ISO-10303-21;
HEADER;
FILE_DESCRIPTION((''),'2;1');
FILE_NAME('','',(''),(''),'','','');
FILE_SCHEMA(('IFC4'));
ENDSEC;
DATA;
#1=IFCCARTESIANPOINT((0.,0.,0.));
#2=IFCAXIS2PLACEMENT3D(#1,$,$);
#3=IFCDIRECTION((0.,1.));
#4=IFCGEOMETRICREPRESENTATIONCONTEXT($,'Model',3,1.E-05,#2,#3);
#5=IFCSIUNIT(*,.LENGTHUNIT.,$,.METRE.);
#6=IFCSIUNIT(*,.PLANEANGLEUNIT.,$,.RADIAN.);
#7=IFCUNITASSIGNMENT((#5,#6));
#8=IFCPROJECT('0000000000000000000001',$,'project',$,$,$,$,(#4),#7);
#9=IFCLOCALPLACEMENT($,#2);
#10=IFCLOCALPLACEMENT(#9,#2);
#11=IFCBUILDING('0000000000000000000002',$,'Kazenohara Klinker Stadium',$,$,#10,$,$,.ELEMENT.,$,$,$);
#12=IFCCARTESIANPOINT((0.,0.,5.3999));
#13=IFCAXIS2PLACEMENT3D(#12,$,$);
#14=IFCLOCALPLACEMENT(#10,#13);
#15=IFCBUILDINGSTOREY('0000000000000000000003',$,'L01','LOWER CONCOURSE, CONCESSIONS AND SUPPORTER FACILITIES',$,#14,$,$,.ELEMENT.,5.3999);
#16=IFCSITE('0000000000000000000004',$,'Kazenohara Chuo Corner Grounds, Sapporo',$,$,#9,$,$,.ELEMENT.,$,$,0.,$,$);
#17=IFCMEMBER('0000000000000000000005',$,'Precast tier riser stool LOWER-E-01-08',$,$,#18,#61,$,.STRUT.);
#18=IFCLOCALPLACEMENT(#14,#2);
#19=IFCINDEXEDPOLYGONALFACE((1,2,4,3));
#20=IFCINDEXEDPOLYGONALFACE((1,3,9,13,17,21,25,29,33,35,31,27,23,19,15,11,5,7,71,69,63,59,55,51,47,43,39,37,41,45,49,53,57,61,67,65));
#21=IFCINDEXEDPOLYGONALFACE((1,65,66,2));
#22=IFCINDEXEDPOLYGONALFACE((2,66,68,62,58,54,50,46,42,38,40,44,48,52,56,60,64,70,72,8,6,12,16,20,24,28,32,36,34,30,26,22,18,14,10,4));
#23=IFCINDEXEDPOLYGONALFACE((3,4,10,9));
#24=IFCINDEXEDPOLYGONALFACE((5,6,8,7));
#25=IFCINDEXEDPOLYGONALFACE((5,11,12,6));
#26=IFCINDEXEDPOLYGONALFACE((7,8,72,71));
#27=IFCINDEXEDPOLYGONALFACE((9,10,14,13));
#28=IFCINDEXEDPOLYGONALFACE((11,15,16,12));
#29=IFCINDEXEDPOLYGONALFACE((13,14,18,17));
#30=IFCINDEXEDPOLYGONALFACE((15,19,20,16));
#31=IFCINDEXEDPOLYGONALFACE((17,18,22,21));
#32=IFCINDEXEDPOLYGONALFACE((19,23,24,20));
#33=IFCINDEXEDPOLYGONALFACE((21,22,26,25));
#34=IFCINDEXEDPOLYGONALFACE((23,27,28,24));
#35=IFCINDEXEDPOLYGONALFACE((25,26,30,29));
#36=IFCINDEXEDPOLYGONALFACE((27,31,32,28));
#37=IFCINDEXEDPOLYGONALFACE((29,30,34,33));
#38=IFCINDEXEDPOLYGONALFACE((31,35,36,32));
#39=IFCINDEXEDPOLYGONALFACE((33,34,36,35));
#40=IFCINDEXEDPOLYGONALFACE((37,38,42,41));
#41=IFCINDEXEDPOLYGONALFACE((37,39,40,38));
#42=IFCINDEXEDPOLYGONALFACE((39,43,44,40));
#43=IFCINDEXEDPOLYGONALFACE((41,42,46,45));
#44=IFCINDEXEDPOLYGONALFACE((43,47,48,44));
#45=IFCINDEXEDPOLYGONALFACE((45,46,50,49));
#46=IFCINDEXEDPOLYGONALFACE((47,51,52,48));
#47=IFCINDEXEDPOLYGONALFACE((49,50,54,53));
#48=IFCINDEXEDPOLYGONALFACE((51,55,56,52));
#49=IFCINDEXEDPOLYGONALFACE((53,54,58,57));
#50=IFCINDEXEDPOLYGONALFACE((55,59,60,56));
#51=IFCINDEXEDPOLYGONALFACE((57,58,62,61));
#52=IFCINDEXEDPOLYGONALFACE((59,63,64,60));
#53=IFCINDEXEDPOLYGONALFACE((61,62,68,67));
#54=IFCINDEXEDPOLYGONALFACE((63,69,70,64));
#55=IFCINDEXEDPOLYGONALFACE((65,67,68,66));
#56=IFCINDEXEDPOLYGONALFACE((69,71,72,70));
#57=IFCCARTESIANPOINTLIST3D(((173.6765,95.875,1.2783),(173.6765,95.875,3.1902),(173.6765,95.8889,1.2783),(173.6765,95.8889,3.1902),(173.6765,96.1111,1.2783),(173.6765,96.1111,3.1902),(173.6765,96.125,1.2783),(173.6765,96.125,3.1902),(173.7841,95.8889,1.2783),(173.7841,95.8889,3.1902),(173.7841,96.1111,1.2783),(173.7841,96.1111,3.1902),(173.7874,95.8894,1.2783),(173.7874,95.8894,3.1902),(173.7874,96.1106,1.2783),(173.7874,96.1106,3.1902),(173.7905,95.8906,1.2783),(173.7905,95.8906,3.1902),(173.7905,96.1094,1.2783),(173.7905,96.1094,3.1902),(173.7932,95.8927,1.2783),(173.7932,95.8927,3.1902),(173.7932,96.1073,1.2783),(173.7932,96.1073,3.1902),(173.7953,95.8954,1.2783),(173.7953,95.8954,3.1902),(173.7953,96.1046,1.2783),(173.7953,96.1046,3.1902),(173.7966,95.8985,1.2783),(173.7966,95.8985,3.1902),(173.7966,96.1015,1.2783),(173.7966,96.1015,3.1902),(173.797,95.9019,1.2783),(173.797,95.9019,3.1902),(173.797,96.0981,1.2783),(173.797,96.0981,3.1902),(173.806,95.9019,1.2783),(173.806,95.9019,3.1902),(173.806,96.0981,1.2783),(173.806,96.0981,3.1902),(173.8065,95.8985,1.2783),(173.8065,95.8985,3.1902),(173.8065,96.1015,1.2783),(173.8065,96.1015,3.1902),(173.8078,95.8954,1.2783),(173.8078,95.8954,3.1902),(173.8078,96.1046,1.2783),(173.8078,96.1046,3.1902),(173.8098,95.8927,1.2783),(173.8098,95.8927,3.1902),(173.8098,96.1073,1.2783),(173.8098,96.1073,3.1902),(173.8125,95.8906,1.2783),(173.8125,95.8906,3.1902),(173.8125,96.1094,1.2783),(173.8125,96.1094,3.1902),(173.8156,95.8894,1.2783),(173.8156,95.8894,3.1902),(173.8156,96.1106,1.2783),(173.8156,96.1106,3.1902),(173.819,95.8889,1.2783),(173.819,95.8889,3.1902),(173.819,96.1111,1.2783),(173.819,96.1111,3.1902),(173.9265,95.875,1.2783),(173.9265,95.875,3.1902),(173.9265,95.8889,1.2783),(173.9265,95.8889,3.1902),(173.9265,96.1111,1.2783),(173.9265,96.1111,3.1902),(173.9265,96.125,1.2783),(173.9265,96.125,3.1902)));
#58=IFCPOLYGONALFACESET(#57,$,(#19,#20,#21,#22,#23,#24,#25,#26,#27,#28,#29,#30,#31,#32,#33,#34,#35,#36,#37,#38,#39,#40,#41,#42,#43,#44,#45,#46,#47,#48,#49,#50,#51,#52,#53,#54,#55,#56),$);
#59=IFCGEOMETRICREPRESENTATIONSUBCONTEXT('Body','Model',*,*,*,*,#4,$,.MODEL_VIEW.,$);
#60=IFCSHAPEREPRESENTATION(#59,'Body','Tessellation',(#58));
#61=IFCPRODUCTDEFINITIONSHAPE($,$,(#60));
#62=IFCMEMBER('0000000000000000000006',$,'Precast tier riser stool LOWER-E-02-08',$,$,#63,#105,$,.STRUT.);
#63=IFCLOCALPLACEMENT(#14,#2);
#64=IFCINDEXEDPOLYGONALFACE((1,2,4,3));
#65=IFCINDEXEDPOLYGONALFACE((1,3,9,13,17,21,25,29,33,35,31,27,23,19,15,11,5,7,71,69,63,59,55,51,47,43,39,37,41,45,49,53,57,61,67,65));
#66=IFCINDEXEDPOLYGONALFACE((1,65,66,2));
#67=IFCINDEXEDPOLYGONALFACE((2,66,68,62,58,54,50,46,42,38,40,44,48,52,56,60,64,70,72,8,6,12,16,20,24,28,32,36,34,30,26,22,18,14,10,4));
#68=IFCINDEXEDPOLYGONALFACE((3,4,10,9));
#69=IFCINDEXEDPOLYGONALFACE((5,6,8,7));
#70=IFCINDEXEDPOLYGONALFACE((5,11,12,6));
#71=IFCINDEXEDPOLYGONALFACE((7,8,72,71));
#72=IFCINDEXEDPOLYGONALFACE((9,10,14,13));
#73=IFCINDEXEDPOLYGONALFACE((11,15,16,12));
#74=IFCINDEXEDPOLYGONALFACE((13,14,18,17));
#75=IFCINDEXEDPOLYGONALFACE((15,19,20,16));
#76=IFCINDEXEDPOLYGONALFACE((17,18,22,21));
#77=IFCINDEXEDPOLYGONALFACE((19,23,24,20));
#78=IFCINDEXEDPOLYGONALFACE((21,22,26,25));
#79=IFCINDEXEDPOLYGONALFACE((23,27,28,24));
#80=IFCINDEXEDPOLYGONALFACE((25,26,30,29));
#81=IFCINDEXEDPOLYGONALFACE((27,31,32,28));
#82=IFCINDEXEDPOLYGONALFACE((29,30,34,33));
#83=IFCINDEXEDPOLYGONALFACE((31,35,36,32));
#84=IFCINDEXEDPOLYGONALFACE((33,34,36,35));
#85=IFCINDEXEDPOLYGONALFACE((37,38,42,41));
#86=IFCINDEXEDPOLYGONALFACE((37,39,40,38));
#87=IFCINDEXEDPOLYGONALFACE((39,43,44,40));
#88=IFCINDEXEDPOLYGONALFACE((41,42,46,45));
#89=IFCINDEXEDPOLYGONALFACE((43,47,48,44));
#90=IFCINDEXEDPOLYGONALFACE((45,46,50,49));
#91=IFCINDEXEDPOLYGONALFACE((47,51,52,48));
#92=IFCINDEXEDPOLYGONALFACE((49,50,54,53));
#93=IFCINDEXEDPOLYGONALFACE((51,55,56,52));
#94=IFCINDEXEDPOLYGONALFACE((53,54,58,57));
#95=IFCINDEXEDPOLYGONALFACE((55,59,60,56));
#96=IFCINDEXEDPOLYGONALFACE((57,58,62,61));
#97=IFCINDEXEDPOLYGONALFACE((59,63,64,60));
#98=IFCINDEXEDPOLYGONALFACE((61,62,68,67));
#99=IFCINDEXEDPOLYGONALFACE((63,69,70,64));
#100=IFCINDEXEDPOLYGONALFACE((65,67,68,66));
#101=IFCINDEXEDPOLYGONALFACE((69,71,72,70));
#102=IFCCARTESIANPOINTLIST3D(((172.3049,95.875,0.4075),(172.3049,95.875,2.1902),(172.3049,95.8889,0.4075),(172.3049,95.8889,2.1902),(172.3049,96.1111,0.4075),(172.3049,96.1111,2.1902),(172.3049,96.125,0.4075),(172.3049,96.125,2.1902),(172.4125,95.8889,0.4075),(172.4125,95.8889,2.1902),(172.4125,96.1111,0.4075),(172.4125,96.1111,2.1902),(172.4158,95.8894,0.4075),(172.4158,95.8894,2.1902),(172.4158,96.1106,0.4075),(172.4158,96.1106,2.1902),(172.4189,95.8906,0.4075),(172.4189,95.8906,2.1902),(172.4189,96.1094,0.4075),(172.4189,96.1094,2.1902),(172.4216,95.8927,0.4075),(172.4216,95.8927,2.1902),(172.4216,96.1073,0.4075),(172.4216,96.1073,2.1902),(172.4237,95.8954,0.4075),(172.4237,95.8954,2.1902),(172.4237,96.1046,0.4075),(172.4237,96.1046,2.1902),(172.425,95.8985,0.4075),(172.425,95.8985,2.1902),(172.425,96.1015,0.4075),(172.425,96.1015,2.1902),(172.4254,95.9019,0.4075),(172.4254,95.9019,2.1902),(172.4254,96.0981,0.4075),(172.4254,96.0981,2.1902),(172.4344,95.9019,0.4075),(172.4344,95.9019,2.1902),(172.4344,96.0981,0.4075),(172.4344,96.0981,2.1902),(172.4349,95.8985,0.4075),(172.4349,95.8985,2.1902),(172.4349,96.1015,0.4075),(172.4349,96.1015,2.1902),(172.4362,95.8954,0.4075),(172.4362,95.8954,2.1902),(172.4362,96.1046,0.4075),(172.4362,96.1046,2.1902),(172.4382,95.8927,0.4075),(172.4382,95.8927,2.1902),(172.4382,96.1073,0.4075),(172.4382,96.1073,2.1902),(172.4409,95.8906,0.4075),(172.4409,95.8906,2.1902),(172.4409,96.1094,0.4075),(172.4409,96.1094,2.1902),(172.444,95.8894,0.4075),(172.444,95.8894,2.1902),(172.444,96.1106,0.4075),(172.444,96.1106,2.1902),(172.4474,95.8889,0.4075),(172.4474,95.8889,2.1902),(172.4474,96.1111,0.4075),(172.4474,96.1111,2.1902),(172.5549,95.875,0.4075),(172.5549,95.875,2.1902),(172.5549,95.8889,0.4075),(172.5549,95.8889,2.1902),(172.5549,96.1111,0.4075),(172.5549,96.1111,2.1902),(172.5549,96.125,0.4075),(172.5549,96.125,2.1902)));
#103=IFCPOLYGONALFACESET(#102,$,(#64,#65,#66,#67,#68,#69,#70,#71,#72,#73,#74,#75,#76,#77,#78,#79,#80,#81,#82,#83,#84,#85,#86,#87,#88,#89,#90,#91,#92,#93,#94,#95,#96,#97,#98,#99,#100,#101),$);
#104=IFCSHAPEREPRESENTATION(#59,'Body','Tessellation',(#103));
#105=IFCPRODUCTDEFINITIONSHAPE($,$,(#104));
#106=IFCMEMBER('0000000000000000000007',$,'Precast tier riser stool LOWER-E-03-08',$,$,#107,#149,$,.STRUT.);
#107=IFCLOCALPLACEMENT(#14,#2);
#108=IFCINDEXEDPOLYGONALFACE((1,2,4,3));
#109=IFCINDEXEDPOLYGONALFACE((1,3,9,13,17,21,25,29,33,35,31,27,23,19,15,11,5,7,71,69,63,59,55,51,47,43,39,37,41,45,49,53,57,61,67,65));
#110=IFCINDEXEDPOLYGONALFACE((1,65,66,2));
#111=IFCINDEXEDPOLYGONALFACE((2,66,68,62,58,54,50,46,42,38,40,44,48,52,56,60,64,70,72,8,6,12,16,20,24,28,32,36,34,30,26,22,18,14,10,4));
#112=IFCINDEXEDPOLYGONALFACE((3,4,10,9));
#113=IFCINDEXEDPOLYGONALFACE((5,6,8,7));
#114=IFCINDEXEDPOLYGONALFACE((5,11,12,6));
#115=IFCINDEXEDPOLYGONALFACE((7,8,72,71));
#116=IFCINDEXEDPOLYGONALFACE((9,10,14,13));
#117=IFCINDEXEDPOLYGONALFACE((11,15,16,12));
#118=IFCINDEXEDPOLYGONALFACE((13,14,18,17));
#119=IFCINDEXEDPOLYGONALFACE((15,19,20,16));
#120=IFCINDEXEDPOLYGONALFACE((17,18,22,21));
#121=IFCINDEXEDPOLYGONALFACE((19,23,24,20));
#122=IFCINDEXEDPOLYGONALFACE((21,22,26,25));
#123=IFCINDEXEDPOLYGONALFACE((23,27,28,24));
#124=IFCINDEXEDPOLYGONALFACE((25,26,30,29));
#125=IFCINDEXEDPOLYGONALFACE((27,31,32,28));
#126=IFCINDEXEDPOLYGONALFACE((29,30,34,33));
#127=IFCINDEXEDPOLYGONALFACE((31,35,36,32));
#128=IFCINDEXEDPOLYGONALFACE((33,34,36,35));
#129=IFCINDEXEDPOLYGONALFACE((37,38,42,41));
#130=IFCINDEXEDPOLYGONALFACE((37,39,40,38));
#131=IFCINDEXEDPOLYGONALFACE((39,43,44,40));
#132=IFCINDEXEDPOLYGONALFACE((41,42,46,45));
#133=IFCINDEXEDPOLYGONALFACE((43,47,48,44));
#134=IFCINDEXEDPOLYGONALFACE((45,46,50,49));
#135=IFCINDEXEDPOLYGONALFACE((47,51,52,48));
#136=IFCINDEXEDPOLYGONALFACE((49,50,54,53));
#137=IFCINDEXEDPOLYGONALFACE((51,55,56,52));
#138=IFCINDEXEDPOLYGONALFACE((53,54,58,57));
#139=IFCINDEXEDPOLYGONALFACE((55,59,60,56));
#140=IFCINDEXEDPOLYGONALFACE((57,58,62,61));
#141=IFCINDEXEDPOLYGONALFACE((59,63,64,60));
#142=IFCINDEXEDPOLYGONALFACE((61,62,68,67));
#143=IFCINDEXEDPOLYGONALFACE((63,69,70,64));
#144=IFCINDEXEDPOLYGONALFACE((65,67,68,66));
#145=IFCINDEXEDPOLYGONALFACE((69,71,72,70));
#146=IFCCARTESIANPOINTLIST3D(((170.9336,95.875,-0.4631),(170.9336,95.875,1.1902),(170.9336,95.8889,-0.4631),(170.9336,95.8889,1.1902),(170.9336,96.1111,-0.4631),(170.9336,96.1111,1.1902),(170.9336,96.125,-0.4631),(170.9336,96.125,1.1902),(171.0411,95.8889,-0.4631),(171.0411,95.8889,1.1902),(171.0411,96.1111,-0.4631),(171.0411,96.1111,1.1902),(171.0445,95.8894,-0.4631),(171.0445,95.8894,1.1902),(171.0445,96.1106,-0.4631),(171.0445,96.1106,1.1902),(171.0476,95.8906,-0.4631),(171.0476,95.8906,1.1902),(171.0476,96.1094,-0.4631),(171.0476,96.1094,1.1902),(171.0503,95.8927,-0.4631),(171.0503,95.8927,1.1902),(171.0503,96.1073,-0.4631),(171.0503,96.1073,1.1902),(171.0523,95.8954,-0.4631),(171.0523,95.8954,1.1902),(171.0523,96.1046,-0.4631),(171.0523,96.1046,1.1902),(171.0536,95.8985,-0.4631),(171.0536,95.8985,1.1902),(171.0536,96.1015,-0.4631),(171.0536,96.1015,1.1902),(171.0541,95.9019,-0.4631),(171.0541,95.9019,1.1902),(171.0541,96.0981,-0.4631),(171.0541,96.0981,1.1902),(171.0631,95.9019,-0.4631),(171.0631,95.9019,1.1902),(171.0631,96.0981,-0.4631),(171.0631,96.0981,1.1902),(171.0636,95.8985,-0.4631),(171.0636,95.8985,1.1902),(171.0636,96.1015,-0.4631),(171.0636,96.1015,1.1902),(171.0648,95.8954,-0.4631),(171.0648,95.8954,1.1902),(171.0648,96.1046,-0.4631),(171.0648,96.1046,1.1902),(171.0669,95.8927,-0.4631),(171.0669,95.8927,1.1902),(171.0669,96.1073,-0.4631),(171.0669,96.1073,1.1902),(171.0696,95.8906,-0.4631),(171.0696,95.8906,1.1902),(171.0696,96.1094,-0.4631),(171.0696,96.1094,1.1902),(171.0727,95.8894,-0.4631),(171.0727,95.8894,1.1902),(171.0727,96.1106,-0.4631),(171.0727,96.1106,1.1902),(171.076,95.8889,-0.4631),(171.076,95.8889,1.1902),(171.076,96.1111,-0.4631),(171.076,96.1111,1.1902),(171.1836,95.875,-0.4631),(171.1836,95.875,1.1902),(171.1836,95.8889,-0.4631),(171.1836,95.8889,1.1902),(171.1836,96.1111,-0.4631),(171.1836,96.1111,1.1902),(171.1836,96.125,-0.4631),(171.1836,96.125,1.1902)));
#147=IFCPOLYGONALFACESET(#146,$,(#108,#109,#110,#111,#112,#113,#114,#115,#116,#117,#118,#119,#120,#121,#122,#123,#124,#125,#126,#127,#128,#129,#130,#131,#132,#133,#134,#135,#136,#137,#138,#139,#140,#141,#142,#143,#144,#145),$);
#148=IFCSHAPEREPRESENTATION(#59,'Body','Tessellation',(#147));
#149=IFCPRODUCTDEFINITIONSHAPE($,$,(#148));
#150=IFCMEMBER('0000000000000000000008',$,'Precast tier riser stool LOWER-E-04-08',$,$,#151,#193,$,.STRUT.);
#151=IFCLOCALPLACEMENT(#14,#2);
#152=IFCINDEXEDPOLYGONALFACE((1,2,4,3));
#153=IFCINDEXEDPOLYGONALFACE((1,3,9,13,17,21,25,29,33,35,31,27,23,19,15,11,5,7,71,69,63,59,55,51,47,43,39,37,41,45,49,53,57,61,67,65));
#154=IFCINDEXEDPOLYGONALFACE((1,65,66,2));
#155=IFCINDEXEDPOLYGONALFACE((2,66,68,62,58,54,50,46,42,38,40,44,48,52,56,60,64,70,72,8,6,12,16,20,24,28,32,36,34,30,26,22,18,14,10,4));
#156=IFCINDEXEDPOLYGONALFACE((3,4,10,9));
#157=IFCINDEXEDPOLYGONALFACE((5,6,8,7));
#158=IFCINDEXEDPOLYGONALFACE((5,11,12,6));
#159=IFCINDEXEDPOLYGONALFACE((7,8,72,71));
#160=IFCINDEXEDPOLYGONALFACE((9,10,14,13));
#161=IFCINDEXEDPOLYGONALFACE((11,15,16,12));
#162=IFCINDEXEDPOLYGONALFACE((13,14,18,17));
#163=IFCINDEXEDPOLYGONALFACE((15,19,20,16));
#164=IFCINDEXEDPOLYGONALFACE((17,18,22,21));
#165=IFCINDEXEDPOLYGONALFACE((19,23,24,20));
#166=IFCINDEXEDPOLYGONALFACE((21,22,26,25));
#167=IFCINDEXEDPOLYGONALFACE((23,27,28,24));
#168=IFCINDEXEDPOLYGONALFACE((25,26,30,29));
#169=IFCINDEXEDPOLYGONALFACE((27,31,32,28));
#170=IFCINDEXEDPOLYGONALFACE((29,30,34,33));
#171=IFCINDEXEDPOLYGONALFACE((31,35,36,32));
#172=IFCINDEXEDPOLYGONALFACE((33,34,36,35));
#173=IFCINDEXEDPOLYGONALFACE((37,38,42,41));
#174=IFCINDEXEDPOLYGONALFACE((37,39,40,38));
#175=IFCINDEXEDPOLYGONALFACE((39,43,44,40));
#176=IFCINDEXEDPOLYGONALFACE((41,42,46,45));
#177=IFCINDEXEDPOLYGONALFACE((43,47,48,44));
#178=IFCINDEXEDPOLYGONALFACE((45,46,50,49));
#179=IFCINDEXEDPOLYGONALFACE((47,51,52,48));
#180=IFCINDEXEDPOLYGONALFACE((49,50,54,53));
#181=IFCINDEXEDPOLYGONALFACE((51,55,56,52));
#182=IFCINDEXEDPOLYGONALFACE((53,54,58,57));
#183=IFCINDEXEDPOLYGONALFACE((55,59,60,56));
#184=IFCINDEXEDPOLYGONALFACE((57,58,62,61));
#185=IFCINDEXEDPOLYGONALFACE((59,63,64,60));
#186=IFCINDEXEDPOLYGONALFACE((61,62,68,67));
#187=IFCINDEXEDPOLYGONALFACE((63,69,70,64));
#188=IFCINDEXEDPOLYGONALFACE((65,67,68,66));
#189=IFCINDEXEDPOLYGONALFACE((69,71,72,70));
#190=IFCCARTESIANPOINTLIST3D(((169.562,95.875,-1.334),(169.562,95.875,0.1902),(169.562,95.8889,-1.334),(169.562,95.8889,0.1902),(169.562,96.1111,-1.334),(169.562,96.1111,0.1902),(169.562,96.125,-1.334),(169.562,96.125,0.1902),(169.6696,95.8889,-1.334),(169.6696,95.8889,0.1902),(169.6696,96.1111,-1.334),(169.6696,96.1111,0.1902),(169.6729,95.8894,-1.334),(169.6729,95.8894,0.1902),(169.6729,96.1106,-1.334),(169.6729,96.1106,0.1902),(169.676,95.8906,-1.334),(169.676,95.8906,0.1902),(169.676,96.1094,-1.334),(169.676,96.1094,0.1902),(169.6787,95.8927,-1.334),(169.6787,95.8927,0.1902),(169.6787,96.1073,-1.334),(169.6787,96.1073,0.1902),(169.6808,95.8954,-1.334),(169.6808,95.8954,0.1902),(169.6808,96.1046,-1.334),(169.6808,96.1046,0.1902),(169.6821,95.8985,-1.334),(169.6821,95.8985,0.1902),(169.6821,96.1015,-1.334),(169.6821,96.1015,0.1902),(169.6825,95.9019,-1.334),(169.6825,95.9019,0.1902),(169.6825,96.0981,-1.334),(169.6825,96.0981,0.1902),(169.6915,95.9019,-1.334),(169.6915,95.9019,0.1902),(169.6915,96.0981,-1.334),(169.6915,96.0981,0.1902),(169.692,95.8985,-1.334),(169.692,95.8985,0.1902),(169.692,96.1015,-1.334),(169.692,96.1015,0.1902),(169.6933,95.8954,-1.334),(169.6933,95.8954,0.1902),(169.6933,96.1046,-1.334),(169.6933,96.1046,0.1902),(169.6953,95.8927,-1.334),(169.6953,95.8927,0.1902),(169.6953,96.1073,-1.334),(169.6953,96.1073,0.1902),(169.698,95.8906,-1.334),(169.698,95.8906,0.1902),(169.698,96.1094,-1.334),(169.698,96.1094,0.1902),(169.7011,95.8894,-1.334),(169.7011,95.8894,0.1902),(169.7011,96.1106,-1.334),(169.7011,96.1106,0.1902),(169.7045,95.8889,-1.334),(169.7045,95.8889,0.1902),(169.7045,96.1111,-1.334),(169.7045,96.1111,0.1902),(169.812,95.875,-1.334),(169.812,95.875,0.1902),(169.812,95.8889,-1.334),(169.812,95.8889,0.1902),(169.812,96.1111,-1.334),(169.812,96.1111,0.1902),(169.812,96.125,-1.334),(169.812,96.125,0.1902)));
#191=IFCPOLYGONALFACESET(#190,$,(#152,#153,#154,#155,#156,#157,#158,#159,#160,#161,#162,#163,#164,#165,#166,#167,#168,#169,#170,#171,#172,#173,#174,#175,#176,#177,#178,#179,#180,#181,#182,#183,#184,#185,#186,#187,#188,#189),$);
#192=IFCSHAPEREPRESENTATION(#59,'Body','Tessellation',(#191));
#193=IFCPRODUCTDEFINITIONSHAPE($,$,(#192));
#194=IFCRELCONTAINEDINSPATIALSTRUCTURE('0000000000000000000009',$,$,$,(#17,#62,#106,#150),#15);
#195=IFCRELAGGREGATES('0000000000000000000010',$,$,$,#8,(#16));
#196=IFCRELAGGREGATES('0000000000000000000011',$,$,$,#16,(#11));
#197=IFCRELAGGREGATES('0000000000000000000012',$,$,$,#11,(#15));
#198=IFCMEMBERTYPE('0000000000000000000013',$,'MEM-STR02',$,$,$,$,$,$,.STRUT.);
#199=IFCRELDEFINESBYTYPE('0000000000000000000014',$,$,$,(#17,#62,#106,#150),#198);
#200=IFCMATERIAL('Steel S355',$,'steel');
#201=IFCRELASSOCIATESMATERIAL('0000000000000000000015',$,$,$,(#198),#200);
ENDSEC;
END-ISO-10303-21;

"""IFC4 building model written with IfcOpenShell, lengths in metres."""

from ifc_helpers import new_model, si_unit, direction, frame, origin, origin_2d, place, context, subcontext, project, spatial, i_section, extrude, material, material_profile, profile_set, type_object, element, save


model = new_model("IFC4")

# Units and contexts
model_context = context("Model", 3, precision=1e-05, world=origin(), true_north=direction((0.0, 1.0)))
body_context = subcontext(model_context, "Body", "Model", "MODEL_VIEW")
ifc_project = project(units=[si_unit("LENGTHUNIT", "METRE"), si_unit("PLANEANGLEUNIT", "RADIAN")], contexts=[model_context])

# Site, building, storey
site_placement = place(None, origin())
site = spatial("IfcSite", under=ifc_project, at=site_placement, Name="Kazenohara Chuo Corner Grounds, Sapporo", CompositionType="ELEMENT", RefElevation=0.0)
building_placement = place(site_placement, origin())
building = spatial("IfcBuilding", under=site, at=building_placement, Name="Kazenohara Klinker Stadium", CompositionType="ELEMENT")
storey_placement = place(building_placement, frame((0.0, 0.0, 5.3999)))
storey = spatial("IfcBuildingStorey", under=building, at=storey_placement, Name="L01", Description="LOWER CONCOURSE, CONCESSIONS AND SUPPORTER FACILITIES", CompositionType="ELEMENT", Elevation=5.3999)

# Shared definitions
ifc_material_1 = material(Name="Steel S355", Category="steel")

# Members
ifc_material_profile_1 = material_profile(ifc_material_1, i_section(OverallWidth=0.25, OverallDepth=0.25, WebThickness=0.009, FlangeThickness=0.0139, FilletRadius=0.0129, at=origin_2d()), Name="H-250x250x9x14")
ifc_profile_set_1 = profile_set([ifc_material_profile_1], Name="Steel S355")
member_type_1 = type_object("IfcMemberType", Name="MEM-STR02", PredefinedType="STRUT", material=ifc_profile_set_1)
member_1_placement = place(storey_placement, frame((173.8015, 96.0, 1.2783), z_axis=(0.0, 0.0, 1.0), x_axis=(1.0, 0.0, 0.0)))
element("IfcMember", 1, at=member_1_placement, inside=storey, type_object=member_type_1, Name="Precast tier riser stool LOWER-E-01-08", PredefinedType="STRUT", context=body_context, shape_type="SweptSolid", body=[
    extrude(i_section(OverallWidth=0.25, OverallDepth=0.25, WebThickness=0.009, FlangeThickness=0.0139, FilletRadius=0.0129, at=origin_2d()), origin(), (0.0, 0.0, 1.0), 1.9119),
])
member_2_placement = place(storey_placement, frame((172.4299, 96.0, 0.4075), z_axis=(0.0, 0.0, 1.0), x_axis=(1.0, 0.0, 0.0)))
element("IfcMember", 2, at=member_2_placement, inside=storey, type_object=member_type_1, Name="Precast tier riser stool LOWER-E-02-08", PredefinedType="STRUT", context=body_context, shape_type="SweptSolid", body=[
    extrude(i_section(OverallWidth=0.25, OverallDepth=0.25, WebThickness=0.009, FlangeThickness=0.0139, FilletRadius=0.0129, at=origin_2d()), origin(), (0.0, 0.0, 1.0), 1.7827),
])
member_3_placement = place(storey_placement, frame((171.0586, 96.0, -0.4631), z_axis=(0.0, 0.0, 1.0), x_axis=(1.0, 0.0, 0.0)))
element("IfcMember", 3, at=member_3_placement, inside=storey, type_object=member_type_1, Name="Precast tier riser stool LOWER-E-03-08", PredefinedType="STRUT", context=body_context, shape_type="SweptSolid", body=[
    extrude(i_section(OverallWidth=0.25, OverallDepth=0.25, WebThickness=0.009, FlangeThickness=0.0139, FilletRadius=0.0129, at=origin_2d()), origin(), (0.0, 0.0, 1.0), 1.6533),
])
member_4_placement = place(storey_placement, frame((169.687, 96.0, -1.334), z_axis=(0.0, 0.0, 1.0), x_axis=(1.0, 0.0, 0.0)))
element("IfcMember", 4, at=member_4_placement, inside=storey, type_object=member_type_1, Name="Precast tier riser stool LOWER-E-04-08", PredefinedType="STRUT", context=body_context, shape_type="SweptSolid", body=[
    extrude(i_section(OverallWidth=0.25, OverallDepth=0.25, WebThickness=0.009, FlangeThickness=0.0139, FilletRadius=0.0129, at=origin_2d()), origin(), (0.0, 0.0, 1.0), 1.5242),
])

save(model, "model.ifc")
